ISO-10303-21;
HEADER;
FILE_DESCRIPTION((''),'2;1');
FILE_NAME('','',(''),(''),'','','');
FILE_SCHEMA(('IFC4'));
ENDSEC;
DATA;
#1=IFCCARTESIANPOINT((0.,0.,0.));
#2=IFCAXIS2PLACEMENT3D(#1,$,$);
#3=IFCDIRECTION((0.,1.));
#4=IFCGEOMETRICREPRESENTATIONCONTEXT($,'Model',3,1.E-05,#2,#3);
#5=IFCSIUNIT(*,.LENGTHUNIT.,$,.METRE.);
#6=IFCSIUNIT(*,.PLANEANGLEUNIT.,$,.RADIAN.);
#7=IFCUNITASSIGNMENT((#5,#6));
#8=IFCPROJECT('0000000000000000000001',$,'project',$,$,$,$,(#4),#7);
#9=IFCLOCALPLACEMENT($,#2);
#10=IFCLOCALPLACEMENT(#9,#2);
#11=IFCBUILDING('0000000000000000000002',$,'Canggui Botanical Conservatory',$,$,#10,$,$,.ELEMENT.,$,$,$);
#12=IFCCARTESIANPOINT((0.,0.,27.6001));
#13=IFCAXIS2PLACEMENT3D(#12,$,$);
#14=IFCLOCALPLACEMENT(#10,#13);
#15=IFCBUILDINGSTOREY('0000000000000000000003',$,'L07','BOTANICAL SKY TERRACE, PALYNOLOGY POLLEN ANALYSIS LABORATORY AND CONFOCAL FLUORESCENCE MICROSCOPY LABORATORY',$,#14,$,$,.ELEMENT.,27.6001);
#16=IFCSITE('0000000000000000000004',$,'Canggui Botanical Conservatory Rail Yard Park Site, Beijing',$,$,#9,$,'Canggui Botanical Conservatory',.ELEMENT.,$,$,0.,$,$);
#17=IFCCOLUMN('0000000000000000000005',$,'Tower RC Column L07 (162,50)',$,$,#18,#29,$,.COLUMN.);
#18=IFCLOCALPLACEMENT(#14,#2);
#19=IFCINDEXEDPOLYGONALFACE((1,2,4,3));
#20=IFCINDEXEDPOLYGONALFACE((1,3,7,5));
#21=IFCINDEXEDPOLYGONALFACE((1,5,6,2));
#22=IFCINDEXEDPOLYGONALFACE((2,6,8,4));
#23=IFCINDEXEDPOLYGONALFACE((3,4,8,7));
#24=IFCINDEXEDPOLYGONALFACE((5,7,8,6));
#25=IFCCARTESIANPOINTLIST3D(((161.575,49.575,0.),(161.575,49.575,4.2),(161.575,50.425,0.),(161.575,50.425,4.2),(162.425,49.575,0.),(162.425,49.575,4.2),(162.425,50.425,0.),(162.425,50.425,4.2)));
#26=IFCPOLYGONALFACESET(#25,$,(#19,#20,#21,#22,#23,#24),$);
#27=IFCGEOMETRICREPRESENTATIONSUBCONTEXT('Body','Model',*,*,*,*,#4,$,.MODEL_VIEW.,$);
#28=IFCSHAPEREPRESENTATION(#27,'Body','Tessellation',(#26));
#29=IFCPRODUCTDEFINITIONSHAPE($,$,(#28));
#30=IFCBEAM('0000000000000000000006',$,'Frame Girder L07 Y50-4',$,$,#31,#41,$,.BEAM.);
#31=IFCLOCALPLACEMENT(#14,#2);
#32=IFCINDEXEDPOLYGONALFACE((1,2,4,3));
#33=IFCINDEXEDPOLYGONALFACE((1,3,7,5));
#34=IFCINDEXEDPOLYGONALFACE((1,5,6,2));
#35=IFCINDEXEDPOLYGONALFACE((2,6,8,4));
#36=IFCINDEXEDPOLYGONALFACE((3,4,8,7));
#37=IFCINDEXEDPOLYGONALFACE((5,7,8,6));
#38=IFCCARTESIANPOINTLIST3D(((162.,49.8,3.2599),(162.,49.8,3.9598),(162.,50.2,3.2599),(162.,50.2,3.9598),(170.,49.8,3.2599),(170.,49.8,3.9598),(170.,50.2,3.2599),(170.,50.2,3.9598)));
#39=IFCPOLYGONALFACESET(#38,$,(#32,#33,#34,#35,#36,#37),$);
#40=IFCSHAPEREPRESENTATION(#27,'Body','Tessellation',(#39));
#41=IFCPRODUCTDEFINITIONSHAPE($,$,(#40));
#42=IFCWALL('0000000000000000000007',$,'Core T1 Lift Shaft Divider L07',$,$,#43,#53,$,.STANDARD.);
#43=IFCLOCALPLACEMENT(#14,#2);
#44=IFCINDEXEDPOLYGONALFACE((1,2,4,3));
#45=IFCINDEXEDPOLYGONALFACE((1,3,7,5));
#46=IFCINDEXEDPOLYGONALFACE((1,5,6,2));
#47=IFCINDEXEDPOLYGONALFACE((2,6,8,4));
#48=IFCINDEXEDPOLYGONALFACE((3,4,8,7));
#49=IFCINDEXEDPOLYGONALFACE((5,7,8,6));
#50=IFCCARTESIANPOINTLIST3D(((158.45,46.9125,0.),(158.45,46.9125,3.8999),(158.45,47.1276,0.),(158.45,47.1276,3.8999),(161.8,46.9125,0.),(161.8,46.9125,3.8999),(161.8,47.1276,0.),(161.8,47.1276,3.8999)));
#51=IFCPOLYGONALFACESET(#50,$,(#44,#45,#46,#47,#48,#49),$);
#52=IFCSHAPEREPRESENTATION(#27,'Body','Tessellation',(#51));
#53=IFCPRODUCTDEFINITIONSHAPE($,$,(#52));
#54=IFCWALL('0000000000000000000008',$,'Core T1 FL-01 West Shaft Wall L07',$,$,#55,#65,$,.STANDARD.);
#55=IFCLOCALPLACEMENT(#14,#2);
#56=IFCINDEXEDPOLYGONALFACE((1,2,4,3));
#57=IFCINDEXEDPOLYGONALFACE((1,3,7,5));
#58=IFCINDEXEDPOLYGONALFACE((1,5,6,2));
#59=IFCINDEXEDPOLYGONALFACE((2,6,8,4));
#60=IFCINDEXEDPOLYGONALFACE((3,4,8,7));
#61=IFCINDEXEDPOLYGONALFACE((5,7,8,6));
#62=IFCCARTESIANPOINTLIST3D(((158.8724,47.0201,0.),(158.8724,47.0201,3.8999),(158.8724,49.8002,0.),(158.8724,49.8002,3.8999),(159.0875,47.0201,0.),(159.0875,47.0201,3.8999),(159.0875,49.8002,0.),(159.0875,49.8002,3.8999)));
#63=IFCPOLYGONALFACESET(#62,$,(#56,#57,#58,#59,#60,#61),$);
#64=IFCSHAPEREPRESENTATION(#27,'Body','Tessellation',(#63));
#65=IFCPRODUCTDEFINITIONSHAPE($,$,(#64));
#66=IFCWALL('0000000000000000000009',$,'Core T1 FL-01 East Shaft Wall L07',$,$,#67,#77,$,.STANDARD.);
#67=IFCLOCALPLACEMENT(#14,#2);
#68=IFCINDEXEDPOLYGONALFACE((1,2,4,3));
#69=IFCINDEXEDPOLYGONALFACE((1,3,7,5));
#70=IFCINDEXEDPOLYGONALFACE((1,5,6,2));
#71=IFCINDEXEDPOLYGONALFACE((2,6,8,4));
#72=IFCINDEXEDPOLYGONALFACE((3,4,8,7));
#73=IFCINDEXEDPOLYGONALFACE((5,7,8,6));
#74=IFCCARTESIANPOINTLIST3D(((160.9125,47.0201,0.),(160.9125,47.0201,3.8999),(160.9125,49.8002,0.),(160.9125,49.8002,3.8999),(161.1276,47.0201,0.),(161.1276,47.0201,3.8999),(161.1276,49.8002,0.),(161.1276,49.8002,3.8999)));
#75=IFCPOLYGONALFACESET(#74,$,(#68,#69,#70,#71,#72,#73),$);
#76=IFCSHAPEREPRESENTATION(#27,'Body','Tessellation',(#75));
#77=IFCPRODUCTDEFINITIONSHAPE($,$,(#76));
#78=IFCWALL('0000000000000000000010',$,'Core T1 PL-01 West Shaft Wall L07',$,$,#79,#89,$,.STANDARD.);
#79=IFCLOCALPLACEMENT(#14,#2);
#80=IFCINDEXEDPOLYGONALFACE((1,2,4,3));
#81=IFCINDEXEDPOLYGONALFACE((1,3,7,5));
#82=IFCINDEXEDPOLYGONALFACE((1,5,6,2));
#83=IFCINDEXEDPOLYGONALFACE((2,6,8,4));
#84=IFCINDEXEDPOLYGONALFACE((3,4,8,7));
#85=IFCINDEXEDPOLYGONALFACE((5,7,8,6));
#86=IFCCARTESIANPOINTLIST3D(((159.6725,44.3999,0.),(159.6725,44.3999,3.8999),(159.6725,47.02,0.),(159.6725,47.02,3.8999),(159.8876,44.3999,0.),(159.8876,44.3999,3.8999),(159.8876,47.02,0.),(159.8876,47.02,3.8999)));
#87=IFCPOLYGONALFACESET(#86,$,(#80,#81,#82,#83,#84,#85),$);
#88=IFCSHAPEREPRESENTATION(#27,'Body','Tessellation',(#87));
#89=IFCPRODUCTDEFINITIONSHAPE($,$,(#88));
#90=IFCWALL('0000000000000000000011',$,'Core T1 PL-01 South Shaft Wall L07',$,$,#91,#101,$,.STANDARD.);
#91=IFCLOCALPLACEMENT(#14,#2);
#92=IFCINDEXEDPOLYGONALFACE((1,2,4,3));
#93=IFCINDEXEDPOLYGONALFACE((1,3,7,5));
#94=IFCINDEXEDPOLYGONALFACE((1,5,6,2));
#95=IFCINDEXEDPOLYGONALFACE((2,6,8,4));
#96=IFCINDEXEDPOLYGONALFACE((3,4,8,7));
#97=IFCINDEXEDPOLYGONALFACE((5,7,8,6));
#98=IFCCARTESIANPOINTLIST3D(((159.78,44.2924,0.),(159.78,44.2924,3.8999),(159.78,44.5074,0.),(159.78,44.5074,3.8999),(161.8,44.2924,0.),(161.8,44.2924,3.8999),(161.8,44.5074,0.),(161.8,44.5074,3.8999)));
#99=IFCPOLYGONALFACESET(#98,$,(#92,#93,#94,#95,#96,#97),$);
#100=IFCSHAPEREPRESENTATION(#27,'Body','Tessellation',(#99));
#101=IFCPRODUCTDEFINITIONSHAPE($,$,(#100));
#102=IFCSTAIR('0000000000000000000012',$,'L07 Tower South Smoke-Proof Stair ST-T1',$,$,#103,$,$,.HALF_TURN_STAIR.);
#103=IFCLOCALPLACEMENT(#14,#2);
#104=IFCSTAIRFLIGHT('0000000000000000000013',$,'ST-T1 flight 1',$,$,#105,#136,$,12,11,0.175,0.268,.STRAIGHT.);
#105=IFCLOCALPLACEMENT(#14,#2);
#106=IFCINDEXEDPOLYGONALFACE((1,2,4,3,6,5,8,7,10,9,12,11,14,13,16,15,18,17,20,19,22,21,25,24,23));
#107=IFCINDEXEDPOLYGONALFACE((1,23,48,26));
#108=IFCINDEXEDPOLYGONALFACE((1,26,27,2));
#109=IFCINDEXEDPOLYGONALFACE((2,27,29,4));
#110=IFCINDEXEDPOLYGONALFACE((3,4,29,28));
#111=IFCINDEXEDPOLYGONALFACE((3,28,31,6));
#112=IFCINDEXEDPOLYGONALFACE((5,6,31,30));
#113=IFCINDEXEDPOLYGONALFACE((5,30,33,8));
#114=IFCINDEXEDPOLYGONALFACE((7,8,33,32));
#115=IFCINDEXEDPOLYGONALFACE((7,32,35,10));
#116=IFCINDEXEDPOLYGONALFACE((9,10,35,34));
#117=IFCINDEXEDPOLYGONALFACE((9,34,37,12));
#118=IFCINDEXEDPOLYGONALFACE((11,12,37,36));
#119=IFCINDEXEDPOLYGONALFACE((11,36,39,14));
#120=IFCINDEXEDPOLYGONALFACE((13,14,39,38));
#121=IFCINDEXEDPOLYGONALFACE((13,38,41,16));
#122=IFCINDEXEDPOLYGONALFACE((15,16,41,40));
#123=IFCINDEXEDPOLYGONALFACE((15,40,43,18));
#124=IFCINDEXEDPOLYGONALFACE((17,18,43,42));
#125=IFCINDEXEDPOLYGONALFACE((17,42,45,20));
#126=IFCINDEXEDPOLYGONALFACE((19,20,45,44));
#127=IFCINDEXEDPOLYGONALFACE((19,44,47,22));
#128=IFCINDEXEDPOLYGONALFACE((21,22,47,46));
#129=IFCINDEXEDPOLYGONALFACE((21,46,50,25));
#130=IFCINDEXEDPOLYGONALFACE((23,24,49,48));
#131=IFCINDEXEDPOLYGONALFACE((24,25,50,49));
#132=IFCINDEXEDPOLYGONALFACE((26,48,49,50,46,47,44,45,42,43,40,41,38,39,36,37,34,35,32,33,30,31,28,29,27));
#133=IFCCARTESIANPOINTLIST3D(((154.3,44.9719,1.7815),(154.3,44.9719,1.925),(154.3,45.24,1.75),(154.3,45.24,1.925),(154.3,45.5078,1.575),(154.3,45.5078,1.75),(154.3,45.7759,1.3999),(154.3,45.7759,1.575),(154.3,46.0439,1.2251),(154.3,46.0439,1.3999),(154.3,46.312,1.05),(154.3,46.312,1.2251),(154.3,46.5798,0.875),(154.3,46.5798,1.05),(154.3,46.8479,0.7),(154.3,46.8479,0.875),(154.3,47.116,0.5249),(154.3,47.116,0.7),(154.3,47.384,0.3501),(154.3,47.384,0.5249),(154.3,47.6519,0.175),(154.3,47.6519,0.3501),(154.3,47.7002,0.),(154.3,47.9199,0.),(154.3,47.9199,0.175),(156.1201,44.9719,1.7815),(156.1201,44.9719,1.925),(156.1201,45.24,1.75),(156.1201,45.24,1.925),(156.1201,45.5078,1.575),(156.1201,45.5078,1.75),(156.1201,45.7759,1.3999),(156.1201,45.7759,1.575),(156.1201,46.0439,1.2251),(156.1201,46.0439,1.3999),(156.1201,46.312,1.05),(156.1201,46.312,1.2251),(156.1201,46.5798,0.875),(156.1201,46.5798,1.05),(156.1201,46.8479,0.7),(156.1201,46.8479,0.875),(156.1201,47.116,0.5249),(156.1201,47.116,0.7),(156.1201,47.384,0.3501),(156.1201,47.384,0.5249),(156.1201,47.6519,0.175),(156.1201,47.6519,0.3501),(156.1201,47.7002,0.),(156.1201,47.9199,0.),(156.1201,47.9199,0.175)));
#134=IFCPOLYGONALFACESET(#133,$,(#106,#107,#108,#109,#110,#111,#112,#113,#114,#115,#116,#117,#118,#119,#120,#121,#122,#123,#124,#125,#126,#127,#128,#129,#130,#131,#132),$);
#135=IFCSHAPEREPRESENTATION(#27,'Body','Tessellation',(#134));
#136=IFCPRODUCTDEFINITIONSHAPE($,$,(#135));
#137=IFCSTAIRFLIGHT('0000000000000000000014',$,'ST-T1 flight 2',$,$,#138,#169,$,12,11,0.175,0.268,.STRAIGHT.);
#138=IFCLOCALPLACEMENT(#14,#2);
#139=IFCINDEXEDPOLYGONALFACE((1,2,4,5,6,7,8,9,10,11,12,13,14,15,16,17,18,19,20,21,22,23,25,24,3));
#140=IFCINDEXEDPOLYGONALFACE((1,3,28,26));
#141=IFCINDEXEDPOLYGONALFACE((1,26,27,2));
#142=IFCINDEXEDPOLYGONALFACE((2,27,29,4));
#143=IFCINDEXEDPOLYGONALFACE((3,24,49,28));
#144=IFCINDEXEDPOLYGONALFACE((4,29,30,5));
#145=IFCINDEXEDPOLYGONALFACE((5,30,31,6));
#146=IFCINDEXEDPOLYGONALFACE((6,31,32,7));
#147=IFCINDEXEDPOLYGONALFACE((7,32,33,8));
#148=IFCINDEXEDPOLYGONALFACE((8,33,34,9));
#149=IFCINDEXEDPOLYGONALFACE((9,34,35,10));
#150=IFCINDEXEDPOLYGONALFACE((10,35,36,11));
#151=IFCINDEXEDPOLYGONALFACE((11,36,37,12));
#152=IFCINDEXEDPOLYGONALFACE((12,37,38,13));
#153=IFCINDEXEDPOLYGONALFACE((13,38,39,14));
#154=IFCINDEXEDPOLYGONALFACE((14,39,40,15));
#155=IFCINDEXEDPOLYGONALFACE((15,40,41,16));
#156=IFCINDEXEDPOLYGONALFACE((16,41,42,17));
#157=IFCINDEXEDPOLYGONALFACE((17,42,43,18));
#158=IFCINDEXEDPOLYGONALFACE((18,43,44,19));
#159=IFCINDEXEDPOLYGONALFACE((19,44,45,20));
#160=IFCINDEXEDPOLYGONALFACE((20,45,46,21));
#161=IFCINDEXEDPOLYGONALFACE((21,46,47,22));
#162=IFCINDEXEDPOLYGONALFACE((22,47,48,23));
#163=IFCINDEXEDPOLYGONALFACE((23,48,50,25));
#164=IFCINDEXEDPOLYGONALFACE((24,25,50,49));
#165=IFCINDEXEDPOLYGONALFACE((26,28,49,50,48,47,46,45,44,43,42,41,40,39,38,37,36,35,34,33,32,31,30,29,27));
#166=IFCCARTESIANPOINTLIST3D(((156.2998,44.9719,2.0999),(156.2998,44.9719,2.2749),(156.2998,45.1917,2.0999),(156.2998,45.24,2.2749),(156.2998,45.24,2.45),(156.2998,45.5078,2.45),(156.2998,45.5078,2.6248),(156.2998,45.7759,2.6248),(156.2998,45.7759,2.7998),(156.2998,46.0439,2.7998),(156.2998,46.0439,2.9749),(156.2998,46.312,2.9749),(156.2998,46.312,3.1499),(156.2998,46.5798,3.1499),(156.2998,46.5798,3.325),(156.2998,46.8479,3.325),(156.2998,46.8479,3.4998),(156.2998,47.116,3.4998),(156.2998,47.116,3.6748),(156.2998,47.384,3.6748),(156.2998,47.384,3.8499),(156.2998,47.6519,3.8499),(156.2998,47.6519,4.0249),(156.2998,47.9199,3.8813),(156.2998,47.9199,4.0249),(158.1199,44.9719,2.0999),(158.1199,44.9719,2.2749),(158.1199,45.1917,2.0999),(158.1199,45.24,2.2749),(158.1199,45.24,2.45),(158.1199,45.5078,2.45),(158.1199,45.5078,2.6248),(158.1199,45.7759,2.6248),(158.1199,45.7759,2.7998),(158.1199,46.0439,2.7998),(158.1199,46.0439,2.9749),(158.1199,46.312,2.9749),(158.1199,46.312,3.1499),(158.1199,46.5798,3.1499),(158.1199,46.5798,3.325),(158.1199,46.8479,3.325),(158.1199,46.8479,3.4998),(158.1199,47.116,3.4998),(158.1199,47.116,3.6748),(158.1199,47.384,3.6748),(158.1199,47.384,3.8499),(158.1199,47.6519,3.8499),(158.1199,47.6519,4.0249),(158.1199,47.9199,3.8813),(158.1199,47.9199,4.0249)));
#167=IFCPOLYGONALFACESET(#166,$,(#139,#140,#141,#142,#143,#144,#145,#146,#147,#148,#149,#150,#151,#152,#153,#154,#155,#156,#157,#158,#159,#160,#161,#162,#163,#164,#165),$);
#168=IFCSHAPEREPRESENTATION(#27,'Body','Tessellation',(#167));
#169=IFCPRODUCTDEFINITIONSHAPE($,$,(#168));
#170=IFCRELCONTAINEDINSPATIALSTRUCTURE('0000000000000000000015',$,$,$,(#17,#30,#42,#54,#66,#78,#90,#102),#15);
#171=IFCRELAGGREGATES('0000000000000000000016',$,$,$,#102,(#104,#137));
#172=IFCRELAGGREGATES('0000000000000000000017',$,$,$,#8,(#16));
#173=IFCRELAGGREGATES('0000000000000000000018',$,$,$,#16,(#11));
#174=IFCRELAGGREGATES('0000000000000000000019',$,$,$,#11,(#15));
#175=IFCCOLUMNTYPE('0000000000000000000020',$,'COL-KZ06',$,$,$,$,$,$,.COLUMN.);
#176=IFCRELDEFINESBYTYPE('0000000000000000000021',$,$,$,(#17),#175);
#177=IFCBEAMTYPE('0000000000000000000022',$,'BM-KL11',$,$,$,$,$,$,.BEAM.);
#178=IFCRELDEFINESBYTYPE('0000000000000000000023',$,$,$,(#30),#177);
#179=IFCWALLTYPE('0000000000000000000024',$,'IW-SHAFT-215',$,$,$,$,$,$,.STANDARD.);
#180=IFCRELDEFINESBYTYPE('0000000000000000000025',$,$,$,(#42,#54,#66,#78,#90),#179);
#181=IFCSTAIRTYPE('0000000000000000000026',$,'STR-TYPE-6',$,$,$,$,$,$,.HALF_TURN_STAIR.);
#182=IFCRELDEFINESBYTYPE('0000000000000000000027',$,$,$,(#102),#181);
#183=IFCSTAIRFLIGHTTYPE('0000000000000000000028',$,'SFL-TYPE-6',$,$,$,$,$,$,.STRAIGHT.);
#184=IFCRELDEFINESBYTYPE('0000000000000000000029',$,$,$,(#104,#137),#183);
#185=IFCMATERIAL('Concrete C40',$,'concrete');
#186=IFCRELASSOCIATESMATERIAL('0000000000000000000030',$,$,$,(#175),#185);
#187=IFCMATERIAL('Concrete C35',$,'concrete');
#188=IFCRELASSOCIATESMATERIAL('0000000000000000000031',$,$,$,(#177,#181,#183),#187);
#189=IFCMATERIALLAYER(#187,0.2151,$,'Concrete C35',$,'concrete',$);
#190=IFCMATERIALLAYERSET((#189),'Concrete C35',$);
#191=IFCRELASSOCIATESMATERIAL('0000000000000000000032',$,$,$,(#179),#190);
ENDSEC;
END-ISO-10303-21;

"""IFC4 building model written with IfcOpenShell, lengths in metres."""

from ifc_helpers import new_model, si_unit, direction, frame, frame_2d, origin, origin_2d, place, context, subcontext, project, spatial, polyline, rectangle, outline, extrude, material, layer, layer_set, material_profile, profile_set, type_object, element, aggregate, save


model = new_model("IFC4")

# Units and contexts
model_context = context("Model", 3, precision=1e-05, world=origin(), true_north=direction((0.0, 1.0)))
body_context = subcontext(model_context, "Body", "Model", "MODEL_VIEW")
ifc_project = project(units=[si_unit("LENGTHUNIT", "METRE"), si_unit("PLANEANGLEUNIT", "RADIAN")], contexts=[model_context])

# Site, building, storey
site_placement = place(None, origin())
site = spatial("IfcSite", under=ifc_project, at=site_placement, Name="Canggui Botanical Conservatory Rail Yard Park Site, Beijing", LongName="Canggui Botanical Conservatory", CompositionType="ELEMENT", RefElevation=0.0)
building_placement = place(site_placement, origin())
building = spatial("IfcBuilding", under=site, at=building_placement, Name="Canggui Botanical Conservatory", CompositionType="ELEMENT")
storey_placement = place(building_placement, frame((0.0, 0.0, 27.6001)))
storey = spatial("IfcBuildingStorey", under=building, at=storey_placement, Name="L07", Description="BOTANICAL SKY TERRACE, PALYNOLOGY POLLEN ANALYSIS LABORATORY AND CONFOCAL FLUORESCENCE MICROSCOPY LABORATORY", CompositionType="ELEMENT", Elevation=27.6001)

# Column
ifc_material_1 = material(Name="Concrete C40", Category="concrete")
ifc_material_profile_1 = material_profile(ifc_material_1, rectangle(XDim=0.8501, YDim=0.8501, at=origin_2d()), Name="RC 850x850")
ifc_profile_set_1 = profile_set([ifc_material_profile_1], Name="Concrete C40")
column_type = type_object("IfcColumnType", Name="COL-KZ06", PredefinedType="COLUMN", material=ifc_profile_set_1)
column_placement = place(storey_placement, frame((162.0, 50.0, 0.0), z_axis=(0.0, 0.0, 1.0), x_axis=(1.0, 0.0, 0.0)))
element("IfcColumn", 1, at=column_placement, inside=storey, type_object=column_type, Name="Tower RC Column L07 (162,50)", PredefinedType="COLUMN", context=body_context, shape_type="SweptSolid", body=[
    extrude(rectangle(XDim=0.8501, YDim=0.8501, at=origin_2d()), origin(), (0.0, 0.0, 1.0), 4.2),
])

# Beam
ifc_material_2 = material(Name="Concrete C35", Category="concrete")
ifc_material_profile_2 = material_profile(ifc_material_2, rectangle(XDim=0.3999, YDim=0.7, at=origin_2d()), Name="RB 400x700")
ifc_profile_set_2 = profile_set([ifc_material_profile_2], Name="Concrete C35")
beam_type = type_object("IfcBeamType", Name="BM-KL11", PredefinedType="BEAM", material=ifc_profile_set_2)
beam_placement = place(storey_placement, frame((162.0, 50.0, 3.6099), z_axis=(1.0, 0.0, 0.0), x_axis=(0.0, 1.0, 0.0)))
element("IfcBeam", 2, at=beam_placement, inside=storey, type_object=beam_type, Name="Frame Girder L07 Y50-4", PredefinedType="BEAM", context=body_context, shape_type="SweptSolid", body=[
    extrude(rectangle(XDim=0.3999, YDim=0.7, at=origin_2d()), origin(), (0.0, 0.0, 1.0), 8.0),
])

# Walls
ifc_layer_1 = layer(ifc_material_2, 0.2151, Name="Concrete C35", Category="concrete")
ifc_layer_set_1 = layer_set([ifc_layer_1], Name="Concrete C35")
wall_type_1 = type_object("IfcWallType", Name="IW-SHAFT-215", PredefinedType="STANDARD", material=ifc_layer_set_1)
wall_1_placement = place(storey_placement, frame((158.45, 47.02, 0.0), z_axis=(0.0, 0.0, 1.0), x_axis=(1.0, 0.0, 0.0)))
element("IfcWall", 3, at=wall_1_placement, inside=storey, type_object=wall_type_1, Name="Core T1 Lift Shaft Divider L07", PredefinedType="STANDARD", context=body_context, shape_type="SweptSolid", body=[
    extrude(rectangle(XDim=3.3501, YDim=0.2151, at=frame_2d((1.675, 0.0))), origin(), (0.0, 0.0, 1.0), 3.8999),
])
for number, where, z_axis, x_axis, name in (
    (4, (158.98, 47.02, 0.0), (0.0, 0.0, 1.0), (0.0, 1.0, 0.0), "Core T1 FL-01 West Shaft Wall L07"),
    (5, (161.02, 47.02, 0.0), (0.0, 0.0, 1.0), (0.0, 1.0, 0.0), "Core T1 FL-01 East Shaft Wall L07"),
):
    element("IfcWall", number, at=place(storey_placement, frame(where, z_axis=z_axis, x_axis=x_axis)), inside=storey, type_object=wall_type_1, Name=name, PredefinedType="STANDARD", context=body_context, shape_type="SweptSolid", body=[
        extrude(rectangle(XDim=2.78, YDim=0.2151, at=frame_2d((1.3901, 0.0))), origin(), (0.0, 0.0, 1.0), 3.8999),
    ])
wall_2_placement = place(storey_placement, frame((159.78, 44.3999, 0.0), z_axis=(0.0, 0.0, 1.0), x_axis=(0.0, 1.0, 0.0)))
element("IfcWall", 6, at=wall_2_placement, inside=storey, type_object=wall_type_1, Name="Core T1 PL-01 West Shaft Wall L07", PredefinedType="STANDARD", context=body_context, shape_type="SweptSolid", body=[
    extrude(rectangle(XDim=2.6201, YDim=0.2151, at=frame_2d((1.3101, 0.0))), origin(), (0.0, 0.0, 1.0), 3.8999),
])
wall_3_placement = place(storey_placement, frame((159.78, 44.3999, 0.0), z_axis=(0.0, 0.0, 1.0), x_axis=(1.0, 0.0, 0.0)))
element("IfcWall", 7, at=wall_3_placement, inside=storey, type_object=wall_type_1, Name="Core T1 PL-01 South Shaft Wall L07", PredefinedType="STANDARD", context=body_context, shape_type="SweptSolid", body=[
    extrude(rectangle(XDim=2.02, YDim=0.2151, at=frame_2d((1.01, 0.0))), origin(), (0.0, 0.0, 1.0), 3.8999),
])

# Stair, stair flights
stair_type = type_object("IfcStairType", Name="STR-TYPE-6", PredefinedType="HALF_TURN_STAIR", material=ifc_material_2)
stair_placement = place(storey_placement, origin())
stair = element("IfcStair", 8, at=stair_placement, inside=storey, type_object=stair_type, Name="L07 Tower South Smoke-Proof Stair ST-T1", PredefinedType="HALF_TURN_STAIR")
stair_flight_type = type_object("IfcStairFlightType", Name="SFL-TYPE-6", PredefinedType="STRAIGHT", material=ifc_material_2)
stair_flight_1_placement = place(storey_placement, frame((155.21, 47.9199, 0.0), z_axis=(0.0, 0.0, 1.0), x_axis=(0.0, -1.0, 0.0)))
stair_flight_1 = element("IfcStairFlight", 9, at=stair_flight_1_placement, type_object=stair_flight_type, Name="ST-T1 flight 1", NumberOfRisers=12, NumberOfTreads=11, PredefinedType="STRAIGHT", RiserHeight=0.175, TreadLength=0.268, context=body_context, shape_type="SweptSolid", body=[
    extrude(outline(polyline([(0.0, 0.0), (0.0, 0.175), (0.2681, 0.175), (0.2681, 0.3501), (0.5359, 0.3501), (0.5359, 0.5249), (0.804, 0.5249), (0.804, 0.7), (1.072, 0.7), (1.072, 0.875), (1.3401, 0.875), (1.3401, 1.05), (1.6079, 1.05), (1.6079, 1.2251), (1.876, 1.2251), (1.876, 1.3999), (2.144, 1.3999), (2.144, 1.575), (2.4121, 1.575), (2.4121, 1.75), (2.6799, 1.75), (2.6799, 1.925), (2.948, 1.925), (2.948, 2.1001), (2.948, 1.7815), (0.2197, 0.0), (0.0, 0.0)])), frame((0.0, 0.9102, 0.0), z_axis=(0.0, -1.0, 0.0), x_axis=(1.0, 0.0, 0.0)), (0.0, 0.0, 1.0), 1.8201),
])
stair_flight_2_placement = place(storey_placement, frame((157.21, 44.9719, 2.0999), z_axis=(0.0, 0.0, 1.0), x_axis=(0.0, 1.0, 0.0)))
stair_flight_2 = element("IfcStairFlight", 10, at=stair_flight_2_placement, type_object=stair_flight_type, Name="ST-T1 flight 2", NumberOfRisers=12, NumberOfTreads=11, PredefinedType="STRAIGHT", RiserHeight=0.175, TreadLength=0.268, context=body_context, shape_type="SweptSolid", body=[
    extrude(outline(polyline([(0.0, 0.0), (0.0, 0.175), (0.2681, 0.175), (0.2681, 0.3501), (0.5359, 0.3501), (0.5359, 0.5249), (0.804, 0.5249), (0.804, 0.7), (1.072, 0.7), (1.072, 0.875), (1.3401, 0.875), (1.3401, 1.05), (1.6079, 1.05), (1.6079, 1.2251), (1.876, 1.2251), (1.876, 1.3999), (2.144, 1.3999), (2.144, 1.575), (2.4121, 1.575), (2.4121, 1.75), (2.6799, 1.75), (2.6799, 1.925), (2.948, 1.925), (2.948, 2.1001), (2.948, 1.7815), (0.2197, 0.0), (0.0, 0.0)])), frame((0.0, 0.9102, 0.0), z_axis=(0.0, -1.0, 0.0), x_axis=(1.0, 0.0, 0.0)), (0.0, 0.0, 1.0), 1.8201),
])
aggregate(stair, [stair_flight_1, stair_flight_2])

save(model, "model.ifc")
